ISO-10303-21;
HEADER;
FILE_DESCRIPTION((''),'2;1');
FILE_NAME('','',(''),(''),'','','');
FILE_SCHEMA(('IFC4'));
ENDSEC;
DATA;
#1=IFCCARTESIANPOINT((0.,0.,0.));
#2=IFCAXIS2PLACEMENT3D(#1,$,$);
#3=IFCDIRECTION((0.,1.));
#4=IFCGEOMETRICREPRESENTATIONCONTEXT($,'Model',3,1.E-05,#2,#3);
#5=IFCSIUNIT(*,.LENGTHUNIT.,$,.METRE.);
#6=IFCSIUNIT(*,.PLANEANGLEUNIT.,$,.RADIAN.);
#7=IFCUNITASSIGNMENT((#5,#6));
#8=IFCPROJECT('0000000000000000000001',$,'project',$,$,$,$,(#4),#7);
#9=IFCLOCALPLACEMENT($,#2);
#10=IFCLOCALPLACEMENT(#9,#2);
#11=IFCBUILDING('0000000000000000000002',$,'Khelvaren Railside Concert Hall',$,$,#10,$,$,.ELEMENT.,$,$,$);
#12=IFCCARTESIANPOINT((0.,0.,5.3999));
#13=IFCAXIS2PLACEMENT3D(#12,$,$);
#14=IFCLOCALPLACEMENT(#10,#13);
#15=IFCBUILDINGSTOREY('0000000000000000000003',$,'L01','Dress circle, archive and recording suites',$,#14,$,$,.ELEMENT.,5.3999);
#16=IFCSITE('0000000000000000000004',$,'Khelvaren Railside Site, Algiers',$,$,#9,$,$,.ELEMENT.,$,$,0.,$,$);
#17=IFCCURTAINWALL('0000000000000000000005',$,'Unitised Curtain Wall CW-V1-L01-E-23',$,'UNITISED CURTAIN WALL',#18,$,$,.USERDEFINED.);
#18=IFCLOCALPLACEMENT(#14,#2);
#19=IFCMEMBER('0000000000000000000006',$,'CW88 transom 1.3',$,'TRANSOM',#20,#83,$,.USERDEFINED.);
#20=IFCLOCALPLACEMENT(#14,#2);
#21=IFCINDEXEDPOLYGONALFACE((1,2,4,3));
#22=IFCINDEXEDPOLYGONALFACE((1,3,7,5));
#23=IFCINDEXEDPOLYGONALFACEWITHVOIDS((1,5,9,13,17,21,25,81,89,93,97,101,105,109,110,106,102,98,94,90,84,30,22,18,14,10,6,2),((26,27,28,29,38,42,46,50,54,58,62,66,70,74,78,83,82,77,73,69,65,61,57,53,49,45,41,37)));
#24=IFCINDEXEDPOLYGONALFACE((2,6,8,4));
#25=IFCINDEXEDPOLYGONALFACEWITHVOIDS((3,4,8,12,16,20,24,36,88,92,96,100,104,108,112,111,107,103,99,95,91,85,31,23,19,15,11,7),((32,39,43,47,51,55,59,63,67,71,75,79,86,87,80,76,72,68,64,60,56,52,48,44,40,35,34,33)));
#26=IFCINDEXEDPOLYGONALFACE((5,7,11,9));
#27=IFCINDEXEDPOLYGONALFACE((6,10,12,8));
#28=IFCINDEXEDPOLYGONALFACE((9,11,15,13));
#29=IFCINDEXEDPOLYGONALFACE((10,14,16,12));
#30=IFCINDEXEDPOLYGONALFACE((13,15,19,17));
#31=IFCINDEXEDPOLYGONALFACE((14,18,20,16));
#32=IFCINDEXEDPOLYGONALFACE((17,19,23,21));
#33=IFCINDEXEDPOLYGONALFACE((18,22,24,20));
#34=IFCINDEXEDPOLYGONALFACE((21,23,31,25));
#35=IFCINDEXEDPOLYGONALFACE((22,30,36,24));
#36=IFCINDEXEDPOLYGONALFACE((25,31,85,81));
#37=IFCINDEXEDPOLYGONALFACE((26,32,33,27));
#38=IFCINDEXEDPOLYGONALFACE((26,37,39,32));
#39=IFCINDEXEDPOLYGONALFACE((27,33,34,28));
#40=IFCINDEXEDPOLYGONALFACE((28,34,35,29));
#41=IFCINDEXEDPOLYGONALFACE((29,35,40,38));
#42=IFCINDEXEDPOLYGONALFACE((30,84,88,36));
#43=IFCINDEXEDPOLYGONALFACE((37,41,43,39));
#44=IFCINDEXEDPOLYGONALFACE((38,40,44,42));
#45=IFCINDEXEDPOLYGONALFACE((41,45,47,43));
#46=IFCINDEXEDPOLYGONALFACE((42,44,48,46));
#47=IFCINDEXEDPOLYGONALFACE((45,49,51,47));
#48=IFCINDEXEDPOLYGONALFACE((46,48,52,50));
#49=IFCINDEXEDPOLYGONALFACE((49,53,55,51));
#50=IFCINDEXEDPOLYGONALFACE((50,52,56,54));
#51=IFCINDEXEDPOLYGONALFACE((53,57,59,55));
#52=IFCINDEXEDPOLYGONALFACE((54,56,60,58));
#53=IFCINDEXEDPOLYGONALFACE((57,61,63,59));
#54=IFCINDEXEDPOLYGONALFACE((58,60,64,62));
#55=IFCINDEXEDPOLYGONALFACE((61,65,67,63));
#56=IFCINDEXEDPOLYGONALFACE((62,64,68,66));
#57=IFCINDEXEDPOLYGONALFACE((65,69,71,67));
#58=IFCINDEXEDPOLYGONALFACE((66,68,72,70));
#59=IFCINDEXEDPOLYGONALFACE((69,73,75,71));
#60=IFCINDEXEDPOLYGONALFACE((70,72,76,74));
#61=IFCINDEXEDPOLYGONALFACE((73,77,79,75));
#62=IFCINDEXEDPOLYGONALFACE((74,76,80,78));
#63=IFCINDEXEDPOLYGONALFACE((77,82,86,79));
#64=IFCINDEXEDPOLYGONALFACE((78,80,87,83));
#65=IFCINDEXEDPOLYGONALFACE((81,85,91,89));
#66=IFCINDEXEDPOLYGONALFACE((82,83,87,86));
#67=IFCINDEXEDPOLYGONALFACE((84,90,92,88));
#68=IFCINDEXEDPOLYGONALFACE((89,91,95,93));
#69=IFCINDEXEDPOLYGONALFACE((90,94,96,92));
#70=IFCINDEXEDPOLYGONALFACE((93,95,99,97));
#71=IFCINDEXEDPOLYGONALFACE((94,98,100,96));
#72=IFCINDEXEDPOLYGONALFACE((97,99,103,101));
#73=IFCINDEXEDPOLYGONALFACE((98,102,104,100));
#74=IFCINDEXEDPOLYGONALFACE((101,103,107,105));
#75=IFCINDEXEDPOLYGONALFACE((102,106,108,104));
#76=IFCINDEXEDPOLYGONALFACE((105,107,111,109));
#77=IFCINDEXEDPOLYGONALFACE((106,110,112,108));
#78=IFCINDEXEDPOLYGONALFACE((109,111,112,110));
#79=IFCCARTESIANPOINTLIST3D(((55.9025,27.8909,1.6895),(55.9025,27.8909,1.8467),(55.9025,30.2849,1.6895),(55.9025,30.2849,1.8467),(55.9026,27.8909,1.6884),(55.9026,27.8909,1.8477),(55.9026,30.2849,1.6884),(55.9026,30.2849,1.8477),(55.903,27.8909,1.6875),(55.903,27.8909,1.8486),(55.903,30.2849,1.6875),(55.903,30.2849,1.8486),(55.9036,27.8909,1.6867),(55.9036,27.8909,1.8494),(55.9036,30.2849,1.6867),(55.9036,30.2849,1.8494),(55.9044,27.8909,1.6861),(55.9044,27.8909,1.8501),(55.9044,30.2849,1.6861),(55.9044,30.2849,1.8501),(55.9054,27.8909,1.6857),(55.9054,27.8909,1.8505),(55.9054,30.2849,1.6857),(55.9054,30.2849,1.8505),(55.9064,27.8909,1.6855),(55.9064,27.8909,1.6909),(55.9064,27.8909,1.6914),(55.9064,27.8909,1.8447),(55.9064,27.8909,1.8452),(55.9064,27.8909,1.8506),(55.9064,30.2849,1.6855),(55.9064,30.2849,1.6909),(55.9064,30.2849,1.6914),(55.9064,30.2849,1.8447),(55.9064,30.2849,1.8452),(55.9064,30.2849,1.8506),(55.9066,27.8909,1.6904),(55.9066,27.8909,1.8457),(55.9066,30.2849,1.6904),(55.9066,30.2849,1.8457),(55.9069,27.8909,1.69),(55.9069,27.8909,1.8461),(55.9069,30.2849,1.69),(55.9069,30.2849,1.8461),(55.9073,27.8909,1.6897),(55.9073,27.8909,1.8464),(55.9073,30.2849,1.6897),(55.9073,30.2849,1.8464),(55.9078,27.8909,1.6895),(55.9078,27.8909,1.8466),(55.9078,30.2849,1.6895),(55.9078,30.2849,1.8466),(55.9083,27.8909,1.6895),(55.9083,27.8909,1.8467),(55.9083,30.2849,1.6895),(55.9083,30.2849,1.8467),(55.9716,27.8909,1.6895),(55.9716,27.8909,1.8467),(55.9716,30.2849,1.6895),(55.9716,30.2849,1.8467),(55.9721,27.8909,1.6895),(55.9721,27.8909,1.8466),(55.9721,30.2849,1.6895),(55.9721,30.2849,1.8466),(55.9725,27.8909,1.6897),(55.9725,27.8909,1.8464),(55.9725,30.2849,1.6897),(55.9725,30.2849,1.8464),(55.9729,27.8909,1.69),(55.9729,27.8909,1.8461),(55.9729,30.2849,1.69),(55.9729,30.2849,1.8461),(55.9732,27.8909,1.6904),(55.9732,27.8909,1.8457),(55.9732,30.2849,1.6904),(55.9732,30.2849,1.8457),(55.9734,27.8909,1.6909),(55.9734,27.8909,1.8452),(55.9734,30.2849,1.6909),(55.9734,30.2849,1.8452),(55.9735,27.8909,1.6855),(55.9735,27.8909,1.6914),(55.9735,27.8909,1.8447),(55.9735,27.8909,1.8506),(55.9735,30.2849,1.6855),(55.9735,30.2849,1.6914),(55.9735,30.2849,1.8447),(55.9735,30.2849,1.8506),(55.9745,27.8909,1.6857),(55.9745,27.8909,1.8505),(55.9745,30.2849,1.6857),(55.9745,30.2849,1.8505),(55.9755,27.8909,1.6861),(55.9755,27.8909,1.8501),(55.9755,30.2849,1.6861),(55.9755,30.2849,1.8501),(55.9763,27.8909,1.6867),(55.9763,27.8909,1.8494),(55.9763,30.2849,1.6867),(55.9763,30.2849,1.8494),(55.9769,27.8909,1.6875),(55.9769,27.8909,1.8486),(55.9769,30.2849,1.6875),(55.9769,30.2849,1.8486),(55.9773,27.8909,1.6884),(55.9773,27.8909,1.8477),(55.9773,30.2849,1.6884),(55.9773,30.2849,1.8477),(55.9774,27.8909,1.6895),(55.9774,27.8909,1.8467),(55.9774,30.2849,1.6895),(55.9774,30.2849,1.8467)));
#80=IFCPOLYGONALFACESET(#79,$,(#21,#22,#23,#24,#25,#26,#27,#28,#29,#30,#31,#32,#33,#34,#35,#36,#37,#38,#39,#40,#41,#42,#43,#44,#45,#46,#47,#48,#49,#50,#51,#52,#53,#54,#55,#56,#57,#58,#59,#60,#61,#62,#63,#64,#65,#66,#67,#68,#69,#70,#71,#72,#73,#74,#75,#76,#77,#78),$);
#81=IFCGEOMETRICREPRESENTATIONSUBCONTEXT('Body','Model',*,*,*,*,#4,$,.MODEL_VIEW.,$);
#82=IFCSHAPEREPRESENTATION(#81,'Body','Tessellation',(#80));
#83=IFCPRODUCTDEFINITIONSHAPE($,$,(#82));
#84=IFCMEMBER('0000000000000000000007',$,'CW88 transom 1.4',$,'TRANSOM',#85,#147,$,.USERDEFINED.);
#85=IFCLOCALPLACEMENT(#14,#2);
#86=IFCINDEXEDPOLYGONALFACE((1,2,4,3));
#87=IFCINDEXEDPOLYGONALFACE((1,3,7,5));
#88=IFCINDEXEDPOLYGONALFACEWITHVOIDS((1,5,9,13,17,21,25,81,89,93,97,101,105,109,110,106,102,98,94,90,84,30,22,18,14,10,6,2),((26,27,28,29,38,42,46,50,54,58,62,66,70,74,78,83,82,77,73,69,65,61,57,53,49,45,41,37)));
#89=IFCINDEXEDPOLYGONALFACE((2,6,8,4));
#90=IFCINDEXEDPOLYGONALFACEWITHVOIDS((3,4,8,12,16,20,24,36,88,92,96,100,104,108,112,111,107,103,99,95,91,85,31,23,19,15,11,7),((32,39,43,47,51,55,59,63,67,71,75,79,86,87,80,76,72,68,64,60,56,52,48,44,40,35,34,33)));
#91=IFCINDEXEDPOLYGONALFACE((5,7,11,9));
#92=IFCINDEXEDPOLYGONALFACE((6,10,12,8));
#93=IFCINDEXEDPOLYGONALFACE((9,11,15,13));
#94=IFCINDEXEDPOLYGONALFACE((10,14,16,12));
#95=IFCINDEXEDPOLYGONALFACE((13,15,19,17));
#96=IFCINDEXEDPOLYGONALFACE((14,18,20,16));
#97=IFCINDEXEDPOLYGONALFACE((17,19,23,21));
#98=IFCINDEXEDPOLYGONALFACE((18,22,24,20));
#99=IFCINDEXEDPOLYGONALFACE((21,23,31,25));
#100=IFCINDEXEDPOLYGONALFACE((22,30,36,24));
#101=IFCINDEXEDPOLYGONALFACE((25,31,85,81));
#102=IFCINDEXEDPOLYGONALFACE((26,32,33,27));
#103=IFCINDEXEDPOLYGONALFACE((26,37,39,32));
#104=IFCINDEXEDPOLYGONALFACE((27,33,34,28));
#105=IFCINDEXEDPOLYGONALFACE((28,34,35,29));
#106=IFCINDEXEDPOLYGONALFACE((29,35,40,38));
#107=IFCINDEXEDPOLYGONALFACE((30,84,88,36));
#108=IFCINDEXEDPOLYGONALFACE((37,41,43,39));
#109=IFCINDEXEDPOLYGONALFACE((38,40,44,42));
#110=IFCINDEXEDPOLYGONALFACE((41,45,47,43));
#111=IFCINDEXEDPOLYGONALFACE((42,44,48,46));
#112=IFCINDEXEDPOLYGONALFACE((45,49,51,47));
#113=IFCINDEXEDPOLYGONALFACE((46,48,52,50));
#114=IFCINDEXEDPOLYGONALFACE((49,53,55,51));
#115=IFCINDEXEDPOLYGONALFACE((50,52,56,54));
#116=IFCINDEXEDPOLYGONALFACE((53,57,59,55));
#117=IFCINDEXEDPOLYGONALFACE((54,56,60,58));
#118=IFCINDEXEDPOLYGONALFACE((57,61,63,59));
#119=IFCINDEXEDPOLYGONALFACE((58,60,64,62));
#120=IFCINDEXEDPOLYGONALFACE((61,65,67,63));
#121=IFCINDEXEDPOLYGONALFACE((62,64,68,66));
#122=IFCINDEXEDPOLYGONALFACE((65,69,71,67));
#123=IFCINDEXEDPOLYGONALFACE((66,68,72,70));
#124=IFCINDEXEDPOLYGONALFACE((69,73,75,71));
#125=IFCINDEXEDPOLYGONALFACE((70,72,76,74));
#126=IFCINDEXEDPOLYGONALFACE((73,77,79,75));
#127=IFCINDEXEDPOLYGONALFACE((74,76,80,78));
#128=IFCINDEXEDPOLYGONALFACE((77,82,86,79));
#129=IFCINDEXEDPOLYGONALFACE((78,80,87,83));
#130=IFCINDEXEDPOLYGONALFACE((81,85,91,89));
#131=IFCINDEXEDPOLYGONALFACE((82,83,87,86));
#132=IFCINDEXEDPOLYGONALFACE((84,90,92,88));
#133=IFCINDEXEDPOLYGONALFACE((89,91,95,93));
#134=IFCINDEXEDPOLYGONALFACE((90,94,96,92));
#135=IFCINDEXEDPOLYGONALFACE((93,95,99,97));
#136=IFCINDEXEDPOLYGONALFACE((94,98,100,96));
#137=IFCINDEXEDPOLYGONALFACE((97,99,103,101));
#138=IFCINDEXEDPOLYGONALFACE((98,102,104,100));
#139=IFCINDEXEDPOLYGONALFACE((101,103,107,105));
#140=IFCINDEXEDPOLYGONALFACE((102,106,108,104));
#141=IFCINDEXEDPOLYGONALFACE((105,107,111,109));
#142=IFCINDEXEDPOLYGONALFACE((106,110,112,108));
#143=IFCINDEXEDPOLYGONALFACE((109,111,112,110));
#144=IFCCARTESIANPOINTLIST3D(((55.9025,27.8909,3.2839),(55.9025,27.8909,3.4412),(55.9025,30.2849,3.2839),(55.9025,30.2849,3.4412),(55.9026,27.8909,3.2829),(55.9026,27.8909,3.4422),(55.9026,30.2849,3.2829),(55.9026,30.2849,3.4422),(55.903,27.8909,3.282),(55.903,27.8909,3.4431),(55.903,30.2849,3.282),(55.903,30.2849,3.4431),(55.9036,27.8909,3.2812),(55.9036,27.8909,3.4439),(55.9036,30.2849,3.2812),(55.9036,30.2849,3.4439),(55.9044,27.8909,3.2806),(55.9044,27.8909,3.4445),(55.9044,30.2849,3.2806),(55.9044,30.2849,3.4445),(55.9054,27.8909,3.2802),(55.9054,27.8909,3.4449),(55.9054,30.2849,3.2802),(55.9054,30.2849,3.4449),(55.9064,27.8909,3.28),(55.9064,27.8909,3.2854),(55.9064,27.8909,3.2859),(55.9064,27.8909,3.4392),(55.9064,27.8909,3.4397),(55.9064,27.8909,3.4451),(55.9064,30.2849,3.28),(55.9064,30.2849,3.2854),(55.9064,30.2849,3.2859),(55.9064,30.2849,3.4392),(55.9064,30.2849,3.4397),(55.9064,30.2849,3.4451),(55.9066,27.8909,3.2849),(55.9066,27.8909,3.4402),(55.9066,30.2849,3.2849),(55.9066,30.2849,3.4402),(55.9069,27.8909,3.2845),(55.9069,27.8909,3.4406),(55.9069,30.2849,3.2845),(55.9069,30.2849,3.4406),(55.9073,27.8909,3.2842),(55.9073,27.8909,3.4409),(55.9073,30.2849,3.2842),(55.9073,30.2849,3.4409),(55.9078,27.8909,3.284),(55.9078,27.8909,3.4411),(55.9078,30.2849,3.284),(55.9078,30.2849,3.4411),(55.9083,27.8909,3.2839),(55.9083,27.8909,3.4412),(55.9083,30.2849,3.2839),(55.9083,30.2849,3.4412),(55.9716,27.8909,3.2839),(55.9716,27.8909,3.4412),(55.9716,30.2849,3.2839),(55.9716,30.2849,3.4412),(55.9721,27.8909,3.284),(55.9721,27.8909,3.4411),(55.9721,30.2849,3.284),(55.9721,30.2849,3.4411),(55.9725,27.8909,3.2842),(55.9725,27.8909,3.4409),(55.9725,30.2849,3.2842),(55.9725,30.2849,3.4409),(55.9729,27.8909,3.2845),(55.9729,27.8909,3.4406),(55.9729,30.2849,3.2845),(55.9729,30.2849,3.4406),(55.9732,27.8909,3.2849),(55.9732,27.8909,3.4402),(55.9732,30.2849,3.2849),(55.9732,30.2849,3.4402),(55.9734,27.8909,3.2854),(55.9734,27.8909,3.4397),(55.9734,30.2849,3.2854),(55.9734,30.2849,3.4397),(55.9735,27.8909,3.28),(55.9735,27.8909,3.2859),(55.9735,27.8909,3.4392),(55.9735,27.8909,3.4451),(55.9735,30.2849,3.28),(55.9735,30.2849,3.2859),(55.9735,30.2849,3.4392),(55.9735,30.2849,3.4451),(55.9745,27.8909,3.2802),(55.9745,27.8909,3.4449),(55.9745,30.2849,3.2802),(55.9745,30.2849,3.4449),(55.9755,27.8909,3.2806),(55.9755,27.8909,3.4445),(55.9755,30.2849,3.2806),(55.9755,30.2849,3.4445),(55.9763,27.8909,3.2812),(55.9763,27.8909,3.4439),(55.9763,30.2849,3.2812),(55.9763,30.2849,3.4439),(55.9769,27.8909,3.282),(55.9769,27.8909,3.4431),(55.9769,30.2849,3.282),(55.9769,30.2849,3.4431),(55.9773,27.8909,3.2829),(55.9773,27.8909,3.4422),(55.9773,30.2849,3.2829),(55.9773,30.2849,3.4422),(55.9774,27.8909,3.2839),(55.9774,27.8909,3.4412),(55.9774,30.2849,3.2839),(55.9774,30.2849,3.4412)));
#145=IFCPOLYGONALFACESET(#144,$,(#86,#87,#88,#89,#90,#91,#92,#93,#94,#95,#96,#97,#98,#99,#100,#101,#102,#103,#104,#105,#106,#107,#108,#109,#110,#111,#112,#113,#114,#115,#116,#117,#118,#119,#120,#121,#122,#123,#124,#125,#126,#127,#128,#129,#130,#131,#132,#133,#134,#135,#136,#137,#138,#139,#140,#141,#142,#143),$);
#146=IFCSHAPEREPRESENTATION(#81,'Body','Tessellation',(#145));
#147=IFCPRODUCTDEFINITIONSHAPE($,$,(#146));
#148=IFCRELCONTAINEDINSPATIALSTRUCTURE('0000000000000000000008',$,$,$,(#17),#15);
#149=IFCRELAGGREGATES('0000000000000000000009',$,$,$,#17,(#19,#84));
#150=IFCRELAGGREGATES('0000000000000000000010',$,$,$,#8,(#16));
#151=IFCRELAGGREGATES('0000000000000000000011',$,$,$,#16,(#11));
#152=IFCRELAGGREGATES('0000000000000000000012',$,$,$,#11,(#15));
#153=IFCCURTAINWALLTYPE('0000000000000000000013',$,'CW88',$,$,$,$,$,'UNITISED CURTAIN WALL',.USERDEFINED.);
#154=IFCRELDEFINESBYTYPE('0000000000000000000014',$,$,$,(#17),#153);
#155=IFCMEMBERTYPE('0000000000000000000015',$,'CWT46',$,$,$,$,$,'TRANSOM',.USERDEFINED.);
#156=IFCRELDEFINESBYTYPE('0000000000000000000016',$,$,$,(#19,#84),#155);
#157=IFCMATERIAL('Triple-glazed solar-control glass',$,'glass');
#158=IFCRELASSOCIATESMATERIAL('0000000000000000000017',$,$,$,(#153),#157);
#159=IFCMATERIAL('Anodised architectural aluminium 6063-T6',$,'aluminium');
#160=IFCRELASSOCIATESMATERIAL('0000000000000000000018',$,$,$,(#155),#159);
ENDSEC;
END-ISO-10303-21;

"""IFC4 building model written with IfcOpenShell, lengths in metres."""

from ifc_helpers import new_model, si_unit, direction, frame, origin, origin_2d, place, context, subcontext, project, spatial, hollow_rectangle, extrude, material, material_profile, profile_set, type_object, element, aggregate, save


model = new_model("IFC4")

# Units and contexts
model_context = context("Model", 3, precision=1e-05, world=origin(), true_north=direction((0.0, 1.0)))
body_context = subcontext(model_context, "Body", "Model", "MODEL_VIEW")
ifc_project = project(units=[si_unit("LENGTHUNIT", "METRE"), si_unit("PLANEANGLEUNIT", "RADIAN")], contexts=[model_context])

# Site, building, storey
site_placement = place(None, origin())
site = spatial("IfcSite", under=ifc_project, at=site_placement, Name="Khelvaren Railside Site, Algiers", CompositionType="ELEMENT", RefElevation=0.0)
building_placement = place(site_placement, origin())
building = spatial("IfcBuilding", under=site, at=building_placement, Name="Khelvaren Railside Concert Hall", CompositionType="ELEMENT")
storey_placement = place(building_placement, frame((0.0, 0.0, 5.3999)))
storey = spatial("IfcBuildingStorey", under=building, at=storey_placement, Name="L01", Description="Dress circle, archive and recording suites", CompositionType="ELEMENT", Elevation=5.3999)

# Curtain wall
ifc_material_1 = material(Name="Triple-glazed solar-control glass", Category="glass")
curtain_wall_type_1 = type_object("IfcCurtainWallType", Name="CW88", ElementType="UNITISED CURTAIN WALL", PredefinedType="USERDEFINED", material=ifc_material_1)
curtain_wall_1_placement = place(storey_placement, origin())
curtain_wall_1 = element("IfcCurtainWall", 1, at=curtain_wall_1_placement, inside=storey, type_object=curtain_wall_type_1, Name="Unitised Curtain Wall CW-V1-L01-E-23", ObjectType="UNITISED CURTAIN WALL", PredefinedType="USERDEFINED")
ifc_material_2 = material(Name="Anodised architectural aluminium 6063-T6", Category="aluminium")

# Members
ifc_material_profile_1 = material_profile(ifc_material_2, hollow_rectangle(XDim=0.075, YDim=0.165, WallThickness=0.0039, InnerFilletRadius=0.002, OuterFilletRadius=0.0039, at=origin_2d()), Name="CWT 75x165x4")
ifc_profile_set_1 = profile_set([ifc_material_profile_1], Name="Anodised architectural aluminium 6063-T6")
member_type_1 = type_object("IfcMemberType", Name="CWT46", ElementType="TRANSOM", PredefinedType="USERDEFINED", material=ifc_profile_set_1)
member_1_placement = place(storey_placement, frame((55.9399, 30.2849, 1.7681), z_axis=(0.0, -1.0, 0.0), x_axis=(1.0, 0.0, 0.0)))
member_1 = element("IfcMember", 2, at=member_1_placement, type_object=member_type_1, Name="CW88 transom 1.3", ObjectType="TRANSOM", PredefinedType="USERDEFINED", context=body_context, shape_type="SweptSolid", body=[
    extrude(hollow_rectangle(XDim=0.075, YDim=0.165, WallThickness=0.0039, InnerFilletRadius=0.002, OuterFilletRadius=0.0039, at=origin_2d()), origin(), (0.0, 0.0, 1.0), 2.394),
])
member_2_placement = place(storey_placement, frame((55.9399, 30.2849, 3.3625), z_axis=(0.0, -1.0, 0.0), x_axis=(1.0, 0.0, 0.0)))
member_2 = element("IfcMember", 3, at=member_2_placement, type_object=member_type_1, Name="CW88 transom 1.4", ObjectType="TRANSOM", PredefinedType="USERDEFINED", context=body_context, shape_type="SweptSolid", body=[
    extrude(hollow_rectangle(XDim=0.075, YDim=0.165, WallThickness=0.0039, InnerFilletRadius=0.002, OuterFilletRadius=0.0039, at=origin_2d()), origin(), (0.0, 0.0, 1.0), 2.394),
])

aggregate(curtain_wall_1, [member_1, member_2])

save(model, "model.ifc")
